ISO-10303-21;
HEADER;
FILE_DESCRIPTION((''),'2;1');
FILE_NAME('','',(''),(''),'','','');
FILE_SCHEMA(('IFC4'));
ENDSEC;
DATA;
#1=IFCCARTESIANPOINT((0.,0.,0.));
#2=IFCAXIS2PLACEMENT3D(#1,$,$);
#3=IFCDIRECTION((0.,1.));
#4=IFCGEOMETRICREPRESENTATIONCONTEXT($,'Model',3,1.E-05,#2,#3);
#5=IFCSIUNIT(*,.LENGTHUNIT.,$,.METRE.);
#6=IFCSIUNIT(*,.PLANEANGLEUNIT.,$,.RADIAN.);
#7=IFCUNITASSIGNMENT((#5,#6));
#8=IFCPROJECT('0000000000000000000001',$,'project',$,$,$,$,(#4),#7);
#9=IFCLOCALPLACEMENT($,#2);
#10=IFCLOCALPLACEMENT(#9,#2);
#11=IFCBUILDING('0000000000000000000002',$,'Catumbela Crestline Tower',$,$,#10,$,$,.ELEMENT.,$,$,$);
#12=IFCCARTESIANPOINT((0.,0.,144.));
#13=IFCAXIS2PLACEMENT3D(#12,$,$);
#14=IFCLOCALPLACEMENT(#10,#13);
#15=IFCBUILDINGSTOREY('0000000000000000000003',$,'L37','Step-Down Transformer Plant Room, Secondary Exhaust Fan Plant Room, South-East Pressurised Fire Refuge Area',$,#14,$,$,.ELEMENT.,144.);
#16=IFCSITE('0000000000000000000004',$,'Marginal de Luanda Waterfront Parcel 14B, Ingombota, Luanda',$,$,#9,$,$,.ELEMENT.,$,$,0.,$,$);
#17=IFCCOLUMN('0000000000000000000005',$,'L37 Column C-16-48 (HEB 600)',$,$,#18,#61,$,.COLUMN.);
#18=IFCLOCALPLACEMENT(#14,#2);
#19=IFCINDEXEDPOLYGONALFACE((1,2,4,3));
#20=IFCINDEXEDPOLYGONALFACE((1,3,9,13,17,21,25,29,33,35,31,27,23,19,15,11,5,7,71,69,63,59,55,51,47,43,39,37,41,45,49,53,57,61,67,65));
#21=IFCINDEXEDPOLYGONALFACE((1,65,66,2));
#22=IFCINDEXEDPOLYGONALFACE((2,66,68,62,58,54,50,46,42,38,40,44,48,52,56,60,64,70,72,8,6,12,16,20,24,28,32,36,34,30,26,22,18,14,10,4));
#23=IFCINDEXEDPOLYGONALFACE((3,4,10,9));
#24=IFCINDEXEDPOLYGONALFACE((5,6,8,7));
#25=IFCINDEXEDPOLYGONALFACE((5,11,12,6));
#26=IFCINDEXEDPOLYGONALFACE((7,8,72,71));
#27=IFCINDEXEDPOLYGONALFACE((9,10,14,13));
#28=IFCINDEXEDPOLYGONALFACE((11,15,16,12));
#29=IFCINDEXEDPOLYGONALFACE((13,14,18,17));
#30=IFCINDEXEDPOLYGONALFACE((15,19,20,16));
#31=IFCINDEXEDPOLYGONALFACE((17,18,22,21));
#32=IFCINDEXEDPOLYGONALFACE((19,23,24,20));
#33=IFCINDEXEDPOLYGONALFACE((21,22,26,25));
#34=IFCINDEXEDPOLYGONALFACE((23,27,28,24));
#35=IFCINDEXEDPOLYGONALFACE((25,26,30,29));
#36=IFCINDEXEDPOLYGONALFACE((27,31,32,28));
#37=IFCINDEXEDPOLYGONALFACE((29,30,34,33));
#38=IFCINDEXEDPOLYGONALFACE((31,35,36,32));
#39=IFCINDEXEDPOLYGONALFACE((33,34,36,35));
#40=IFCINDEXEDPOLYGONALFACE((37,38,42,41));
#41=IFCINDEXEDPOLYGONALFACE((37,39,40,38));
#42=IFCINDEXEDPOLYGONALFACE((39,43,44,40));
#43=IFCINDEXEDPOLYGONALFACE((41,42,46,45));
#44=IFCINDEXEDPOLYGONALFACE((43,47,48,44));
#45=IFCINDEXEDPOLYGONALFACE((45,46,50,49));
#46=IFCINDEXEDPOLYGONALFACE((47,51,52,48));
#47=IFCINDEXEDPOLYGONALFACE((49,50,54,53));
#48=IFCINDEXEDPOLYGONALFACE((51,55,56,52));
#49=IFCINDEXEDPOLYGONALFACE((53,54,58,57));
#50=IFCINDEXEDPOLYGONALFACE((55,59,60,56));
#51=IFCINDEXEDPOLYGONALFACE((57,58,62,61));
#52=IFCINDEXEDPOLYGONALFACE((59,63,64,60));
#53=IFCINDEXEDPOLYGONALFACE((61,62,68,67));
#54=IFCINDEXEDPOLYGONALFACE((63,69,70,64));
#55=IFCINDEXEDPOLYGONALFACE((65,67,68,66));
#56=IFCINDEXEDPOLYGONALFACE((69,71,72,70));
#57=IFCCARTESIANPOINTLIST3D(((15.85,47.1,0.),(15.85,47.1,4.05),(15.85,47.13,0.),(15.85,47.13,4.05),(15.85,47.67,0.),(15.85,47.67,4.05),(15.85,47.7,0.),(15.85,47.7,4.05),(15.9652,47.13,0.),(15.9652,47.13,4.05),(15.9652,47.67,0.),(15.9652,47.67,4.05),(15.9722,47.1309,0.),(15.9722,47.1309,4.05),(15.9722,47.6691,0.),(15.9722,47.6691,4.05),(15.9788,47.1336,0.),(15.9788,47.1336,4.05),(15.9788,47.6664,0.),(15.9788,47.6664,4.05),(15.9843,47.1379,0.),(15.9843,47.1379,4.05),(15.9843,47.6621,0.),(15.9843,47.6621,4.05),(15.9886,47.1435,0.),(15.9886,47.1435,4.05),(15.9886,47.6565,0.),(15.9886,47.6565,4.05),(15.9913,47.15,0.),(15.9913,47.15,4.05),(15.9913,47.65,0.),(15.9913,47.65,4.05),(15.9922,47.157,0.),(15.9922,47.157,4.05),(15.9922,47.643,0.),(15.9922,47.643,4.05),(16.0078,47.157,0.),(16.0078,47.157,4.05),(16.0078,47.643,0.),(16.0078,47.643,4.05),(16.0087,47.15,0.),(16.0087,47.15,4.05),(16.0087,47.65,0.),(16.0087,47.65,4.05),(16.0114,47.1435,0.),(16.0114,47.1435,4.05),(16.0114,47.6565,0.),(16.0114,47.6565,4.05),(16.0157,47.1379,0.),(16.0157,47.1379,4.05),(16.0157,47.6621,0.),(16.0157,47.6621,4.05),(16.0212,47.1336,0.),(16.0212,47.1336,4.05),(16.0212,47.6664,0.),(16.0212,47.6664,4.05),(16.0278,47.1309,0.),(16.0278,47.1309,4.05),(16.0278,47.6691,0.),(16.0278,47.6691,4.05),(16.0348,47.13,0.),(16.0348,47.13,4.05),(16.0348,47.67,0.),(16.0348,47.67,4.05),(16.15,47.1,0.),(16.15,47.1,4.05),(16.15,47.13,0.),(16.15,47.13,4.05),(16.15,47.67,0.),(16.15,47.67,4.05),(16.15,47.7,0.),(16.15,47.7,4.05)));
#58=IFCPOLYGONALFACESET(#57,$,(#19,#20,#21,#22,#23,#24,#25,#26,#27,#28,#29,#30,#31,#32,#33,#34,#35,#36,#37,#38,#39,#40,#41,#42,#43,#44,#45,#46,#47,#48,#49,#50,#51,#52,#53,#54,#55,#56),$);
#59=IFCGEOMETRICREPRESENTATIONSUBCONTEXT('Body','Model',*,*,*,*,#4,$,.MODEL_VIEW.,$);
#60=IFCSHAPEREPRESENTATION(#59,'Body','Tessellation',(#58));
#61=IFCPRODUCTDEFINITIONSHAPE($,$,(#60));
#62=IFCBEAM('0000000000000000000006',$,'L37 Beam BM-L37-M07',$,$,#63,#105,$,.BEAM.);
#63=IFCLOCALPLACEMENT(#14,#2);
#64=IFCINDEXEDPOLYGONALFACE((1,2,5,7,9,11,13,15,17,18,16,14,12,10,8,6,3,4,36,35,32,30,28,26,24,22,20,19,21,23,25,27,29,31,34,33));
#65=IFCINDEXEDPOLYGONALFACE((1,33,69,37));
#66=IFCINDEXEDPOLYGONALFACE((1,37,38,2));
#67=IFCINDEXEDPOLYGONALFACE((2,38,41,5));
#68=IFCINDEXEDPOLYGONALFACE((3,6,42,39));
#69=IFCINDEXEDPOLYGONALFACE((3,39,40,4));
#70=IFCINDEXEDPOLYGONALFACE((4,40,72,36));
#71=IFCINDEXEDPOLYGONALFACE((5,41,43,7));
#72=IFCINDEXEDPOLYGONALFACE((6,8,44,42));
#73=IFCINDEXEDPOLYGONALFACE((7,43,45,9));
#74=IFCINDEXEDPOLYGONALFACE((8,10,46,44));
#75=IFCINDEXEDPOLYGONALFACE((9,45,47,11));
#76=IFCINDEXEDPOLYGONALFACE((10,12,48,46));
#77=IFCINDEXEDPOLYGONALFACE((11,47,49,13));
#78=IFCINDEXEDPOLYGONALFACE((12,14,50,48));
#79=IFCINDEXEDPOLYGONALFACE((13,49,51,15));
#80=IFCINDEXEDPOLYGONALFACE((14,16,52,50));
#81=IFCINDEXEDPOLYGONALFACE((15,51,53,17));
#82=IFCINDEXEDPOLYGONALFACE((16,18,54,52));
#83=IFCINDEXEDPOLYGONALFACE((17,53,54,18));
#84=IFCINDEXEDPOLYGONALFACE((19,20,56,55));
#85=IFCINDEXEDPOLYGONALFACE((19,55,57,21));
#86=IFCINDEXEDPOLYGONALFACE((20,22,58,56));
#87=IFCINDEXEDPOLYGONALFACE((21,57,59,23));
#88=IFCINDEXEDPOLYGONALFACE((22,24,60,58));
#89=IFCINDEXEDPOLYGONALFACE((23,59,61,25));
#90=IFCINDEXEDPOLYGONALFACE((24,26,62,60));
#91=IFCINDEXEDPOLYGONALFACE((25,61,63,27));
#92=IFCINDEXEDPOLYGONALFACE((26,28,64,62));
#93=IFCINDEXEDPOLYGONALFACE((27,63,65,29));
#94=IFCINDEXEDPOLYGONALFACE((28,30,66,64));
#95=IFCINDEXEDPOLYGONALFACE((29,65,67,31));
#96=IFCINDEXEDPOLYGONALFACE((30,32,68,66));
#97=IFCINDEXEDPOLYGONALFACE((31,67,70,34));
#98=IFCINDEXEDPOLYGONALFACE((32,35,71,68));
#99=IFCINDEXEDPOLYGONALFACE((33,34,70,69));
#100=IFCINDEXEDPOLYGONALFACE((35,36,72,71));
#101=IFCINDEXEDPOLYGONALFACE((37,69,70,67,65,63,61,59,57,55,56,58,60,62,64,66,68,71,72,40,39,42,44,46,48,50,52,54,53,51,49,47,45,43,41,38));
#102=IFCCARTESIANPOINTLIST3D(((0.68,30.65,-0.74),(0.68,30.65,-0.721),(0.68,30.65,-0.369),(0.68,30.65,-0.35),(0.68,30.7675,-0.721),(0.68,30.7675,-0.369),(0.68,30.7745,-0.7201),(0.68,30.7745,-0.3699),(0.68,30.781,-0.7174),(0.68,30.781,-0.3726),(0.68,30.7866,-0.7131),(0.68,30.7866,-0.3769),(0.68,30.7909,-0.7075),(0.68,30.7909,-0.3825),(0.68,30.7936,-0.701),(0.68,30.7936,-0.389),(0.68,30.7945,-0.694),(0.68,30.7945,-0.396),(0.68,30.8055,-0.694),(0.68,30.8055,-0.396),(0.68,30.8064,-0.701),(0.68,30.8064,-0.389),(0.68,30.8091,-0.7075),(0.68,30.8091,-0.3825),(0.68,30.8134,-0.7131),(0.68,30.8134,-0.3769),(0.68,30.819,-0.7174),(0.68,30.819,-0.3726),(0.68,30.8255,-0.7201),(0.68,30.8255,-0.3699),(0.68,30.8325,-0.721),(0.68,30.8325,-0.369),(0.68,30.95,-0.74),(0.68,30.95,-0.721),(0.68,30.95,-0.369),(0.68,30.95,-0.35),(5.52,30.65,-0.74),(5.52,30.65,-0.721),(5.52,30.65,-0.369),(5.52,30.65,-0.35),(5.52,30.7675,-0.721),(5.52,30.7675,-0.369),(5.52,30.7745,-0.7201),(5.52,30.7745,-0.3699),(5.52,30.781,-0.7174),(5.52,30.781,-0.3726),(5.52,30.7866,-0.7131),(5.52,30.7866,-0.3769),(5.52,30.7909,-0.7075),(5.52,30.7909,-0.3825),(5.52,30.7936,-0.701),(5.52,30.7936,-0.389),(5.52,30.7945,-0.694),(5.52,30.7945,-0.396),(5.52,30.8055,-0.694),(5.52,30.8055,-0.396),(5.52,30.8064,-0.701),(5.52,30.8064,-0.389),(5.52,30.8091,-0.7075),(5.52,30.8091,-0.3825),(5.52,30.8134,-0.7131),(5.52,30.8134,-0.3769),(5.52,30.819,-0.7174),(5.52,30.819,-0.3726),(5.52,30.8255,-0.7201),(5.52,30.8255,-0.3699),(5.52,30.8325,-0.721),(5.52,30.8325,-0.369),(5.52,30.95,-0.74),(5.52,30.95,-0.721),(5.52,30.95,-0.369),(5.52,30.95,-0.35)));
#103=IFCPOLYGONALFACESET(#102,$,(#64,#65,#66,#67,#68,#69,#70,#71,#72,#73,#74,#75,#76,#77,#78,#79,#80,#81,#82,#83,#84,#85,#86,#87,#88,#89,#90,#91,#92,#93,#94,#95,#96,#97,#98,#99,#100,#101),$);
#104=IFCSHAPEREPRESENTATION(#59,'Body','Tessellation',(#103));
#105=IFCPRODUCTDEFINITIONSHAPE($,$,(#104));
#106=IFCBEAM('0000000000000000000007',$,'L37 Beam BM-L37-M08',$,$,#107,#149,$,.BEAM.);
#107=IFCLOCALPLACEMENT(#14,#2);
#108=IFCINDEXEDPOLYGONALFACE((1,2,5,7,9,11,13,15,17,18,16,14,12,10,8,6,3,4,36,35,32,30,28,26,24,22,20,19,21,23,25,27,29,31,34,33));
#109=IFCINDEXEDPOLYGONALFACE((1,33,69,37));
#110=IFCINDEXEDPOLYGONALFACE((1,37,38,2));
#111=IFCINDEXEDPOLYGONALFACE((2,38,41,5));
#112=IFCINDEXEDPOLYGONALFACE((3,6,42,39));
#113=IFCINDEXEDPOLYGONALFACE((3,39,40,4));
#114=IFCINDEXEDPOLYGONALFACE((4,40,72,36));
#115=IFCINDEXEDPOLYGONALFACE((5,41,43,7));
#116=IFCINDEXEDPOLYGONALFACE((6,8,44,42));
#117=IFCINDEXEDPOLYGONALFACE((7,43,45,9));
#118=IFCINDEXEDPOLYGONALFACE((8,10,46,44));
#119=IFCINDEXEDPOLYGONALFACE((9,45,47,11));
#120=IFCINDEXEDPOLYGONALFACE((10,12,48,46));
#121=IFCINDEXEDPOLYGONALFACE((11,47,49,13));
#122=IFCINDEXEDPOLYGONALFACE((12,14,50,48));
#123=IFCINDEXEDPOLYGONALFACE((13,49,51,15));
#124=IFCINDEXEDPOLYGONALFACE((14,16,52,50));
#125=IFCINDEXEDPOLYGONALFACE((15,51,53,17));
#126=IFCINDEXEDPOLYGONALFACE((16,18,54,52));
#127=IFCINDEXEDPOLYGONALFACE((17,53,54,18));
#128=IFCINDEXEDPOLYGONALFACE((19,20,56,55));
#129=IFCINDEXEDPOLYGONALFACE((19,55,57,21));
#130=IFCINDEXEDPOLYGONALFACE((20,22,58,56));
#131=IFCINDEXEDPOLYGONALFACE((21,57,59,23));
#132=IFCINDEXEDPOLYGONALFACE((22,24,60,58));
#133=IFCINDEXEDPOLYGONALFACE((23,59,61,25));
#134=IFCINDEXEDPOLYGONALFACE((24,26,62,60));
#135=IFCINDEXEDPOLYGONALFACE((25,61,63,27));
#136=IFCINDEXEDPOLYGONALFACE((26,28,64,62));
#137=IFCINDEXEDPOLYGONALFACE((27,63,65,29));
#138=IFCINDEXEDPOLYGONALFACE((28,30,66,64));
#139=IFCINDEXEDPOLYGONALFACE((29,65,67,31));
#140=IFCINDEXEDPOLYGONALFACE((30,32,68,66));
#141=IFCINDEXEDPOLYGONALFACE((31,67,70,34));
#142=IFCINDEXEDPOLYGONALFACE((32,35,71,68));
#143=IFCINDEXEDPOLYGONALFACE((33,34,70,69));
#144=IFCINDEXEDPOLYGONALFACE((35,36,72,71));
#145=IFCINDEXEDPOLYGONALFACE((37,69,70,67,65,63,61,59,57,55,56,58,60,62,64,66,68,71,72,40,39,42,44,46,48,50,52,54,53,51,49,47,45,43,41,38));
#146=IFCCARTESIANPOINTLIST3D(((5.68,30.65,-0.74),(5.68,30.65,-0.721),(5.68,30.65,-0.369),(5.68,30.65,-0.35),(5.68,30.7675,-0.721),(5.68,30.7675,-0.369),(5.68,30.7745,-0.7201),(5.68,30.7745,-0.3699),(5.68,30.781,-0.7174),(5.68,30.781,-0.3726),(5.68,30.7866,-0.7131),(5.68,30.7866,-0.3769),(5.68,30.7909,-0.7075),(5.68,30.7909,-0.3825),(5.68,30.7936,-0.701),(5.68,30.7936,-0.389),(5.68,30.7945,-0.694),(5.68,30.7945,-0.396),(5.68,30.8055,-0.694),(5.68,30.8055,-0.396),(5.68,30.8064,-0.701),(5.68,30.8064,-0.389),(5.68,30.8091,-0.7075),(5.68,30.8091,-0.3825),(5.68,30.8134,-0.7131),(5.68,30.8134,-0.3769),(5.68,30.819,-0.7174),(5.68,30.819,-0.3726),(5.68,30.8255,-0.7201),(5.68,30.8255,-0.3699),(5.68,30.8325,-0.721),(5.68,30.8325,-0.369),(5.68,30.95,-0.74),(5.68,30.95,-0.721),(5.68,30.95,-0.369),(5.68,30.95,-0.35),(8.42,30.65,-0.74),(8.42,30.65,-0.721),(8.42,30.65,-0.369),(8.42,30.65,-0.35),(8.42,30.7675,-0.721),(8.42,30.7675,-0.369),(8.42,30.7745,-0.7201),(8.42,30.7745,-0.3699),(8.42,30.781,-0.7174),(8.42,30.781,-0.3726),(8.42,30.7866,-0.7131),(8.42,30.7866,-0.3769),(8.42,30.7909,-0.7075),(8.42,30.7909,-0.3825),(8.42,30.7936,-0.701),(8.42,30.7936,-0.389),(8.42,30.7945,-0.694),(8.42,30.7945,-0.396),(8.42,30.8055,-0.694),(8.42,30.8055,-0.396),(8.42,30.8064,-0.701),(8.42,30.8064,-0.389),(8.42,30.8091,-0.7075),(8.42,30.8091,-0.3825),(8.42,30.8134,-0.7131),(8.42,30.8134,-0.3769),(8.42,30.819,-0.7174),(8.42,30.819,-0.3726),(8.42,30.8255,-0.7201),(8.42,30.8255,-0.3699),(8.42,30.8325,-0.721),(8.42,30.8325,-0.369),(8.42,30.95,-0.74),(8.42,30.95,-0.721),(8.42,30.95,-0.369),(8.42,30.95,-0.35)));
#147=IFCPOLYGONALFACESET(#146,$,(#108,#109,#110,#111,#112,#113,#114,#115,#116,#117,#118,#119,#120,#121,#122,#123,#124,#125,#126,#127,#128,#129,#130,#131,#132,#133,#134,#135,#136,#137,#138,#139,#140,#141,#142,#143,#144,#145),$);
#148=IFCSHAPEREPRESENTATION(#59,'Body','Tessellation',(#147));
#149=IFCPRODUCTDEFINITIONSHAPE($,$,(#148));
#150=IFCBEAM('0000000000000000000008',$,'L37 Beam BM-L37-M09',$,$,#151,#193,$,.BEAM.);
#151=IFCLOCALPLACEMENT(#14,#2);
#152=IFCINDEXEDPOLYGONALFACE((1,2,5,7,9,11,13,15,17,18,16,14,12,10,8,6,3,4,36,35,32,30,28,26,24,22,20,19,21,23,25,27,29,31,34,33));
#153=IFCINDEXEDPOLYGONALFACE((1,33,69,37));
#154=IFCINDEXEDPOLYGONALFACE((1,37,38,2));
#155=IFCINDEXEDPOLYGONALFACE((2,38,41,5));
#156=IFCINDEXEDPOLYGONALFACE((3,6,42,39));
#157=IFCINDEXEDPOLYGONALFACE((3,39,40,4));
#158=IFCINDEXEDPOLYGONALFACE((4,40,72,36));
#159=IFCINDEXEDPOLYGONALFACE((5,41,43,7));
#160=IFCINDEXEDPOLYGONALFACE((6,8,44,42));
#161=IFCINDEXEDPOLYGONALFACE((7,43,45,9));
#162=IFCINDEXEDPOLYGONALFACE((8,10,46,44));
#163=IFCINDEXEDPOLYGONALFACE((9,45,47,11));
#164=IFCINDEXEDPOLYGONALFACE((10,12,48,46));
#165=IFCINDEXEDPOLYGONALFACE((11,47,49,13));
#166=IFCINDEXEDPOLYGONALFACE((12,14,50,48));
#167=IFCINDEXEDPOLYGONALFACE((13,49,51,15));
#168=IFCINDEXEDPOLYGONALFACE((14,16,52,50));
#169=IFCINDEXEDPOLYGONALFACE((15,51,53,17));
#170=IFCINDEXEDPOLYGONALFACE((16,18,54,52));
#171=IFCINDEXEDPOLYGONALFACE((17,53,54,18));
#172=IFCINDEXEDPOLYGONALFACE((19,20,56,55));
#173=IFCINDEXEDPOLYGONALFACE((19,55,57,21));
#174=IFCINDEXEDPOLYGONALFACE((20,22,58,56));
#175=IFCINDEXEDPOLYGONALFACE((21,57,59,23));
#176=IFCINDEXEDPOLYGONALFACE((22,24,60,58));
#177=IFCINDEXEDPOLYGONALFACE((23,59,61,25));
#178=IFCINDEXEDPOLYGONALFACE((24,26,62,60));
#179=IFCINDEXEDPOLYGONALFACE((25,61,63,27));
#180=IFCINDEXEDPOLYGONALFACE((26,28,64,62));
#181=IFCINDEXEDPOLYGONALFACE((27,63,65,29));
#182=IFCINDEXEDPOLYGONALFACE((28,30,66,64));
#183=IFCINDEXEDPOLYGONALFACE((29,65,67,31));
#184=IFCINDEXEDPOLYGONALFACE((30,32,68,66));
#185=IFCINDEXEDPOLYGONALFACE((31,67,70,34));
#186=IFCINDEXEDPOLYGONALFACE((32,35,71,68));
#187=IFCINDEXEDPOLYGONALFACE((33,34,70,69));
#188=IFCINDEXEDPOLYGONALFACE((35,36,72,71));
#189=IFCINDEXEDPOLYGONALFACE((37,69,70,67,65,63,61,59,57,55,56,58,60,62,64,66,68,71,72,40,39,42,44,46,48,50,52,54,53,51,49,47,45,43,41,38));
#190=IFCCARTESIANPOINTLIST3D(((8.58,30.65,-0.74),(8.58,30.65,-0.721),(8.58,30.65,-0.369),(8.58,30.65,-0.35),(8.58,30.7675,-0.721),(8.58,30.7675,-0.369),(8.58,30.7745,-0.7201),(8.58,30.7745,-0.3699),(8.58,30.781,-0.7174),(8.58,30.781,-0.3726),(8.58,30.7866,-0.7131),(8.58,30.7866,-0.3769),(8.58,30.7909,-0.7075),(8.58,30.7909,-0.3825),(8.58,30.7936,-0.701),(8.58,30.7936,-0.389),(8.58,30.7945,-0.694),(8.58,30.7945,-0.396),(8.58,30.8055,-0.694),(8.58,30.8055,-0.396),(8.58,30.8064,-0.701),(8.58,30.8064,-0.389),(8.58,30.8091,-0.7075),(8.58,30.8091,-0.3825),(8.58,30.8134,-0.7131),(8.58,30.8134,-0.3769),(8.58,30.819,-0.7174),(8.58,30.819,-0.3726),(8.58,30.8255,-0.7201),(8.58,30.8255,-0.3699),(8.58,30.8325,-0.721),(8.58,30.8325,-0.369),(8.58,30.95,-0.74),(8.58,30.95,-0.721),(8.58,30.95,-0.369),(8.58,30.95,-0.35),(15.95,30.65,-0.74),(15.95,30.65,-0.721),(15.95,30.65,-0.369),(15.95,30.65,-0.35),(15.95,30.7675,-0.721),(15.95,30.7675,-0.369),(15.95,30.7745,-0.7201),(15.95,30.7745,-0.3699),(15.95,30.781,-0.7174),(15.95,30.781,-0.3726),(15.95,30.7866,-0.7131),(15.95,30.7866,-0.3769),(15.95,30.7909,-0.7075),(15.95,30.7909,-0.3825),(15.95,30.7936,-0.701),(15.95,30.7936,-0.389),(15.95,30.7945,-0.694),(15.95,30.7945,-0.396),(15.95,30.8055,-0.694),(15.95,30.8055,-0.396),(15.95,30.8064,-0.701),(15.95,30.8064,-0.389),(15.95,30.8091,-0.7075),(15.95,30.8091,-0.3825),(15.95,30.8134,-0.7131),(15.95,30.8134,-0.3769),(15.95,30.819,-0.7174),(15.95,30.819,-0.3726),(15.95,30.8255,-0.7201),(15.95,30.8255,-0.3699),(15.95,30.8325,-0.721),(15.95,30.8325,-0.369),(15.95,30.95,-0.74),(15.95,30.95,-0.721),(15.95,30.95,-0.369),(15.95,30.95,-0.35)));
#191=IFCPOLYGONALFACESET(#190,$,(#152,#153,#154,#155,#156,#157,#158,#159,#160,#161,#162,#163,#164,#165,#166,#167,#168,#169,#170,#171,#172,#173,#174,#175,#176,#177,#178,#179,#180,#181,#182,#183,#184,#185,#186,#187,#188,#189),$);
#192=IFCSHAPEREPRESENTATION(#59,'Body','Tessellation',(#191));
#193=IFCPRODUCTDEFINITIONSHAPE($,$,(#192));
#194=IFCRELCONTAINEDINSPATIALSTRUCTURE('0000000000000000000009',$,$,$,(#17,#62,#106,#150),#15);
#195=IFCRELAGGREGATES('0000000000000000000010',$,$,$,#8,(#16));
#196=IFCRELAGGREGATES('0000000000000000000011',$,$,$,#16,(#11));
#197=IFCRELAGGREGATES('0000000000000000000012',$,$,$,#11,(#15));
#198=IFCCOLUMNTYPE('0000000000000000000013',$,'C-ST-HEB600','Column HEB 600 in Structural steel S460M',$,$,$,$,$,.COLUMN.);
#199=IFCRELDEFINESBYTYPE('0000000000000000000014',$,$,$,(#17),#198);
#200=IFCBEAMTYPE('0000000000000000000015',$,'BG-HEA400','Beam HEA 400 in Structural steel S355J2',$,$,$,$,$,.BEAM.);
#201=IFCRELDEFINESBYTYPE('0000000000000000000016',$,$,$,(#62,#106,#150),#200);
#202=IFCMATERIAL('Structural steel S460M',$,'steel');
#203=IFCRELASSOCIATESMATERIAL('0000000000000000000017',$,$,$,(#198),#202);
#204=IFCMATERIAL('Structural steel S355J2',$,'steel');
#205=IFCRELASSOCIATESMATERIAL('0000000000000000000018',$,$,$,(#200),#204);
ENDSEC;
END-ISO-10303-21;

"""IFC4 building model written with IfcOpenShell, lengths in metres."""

from ifc_helpers import new_model, si_unit, direction, frame, origin, origin_2d, place, context, subcontext, project, spatial, i_section, extrude, material, material_profile, profile_set, type_object, element, save


model = new_model("IFC4")

# Units and contexts
model_context = context("Model", 3, precision=1e-05, world=origin(), true_north=direction((0.0, 1.0)))
body_context = subcontext(model_context, "Body", "Model", "MODEL_VIEW")
ifc_project = project(units=[si_unit("LENGTHUNIT", "METRE"), si_unit("PLANEANGLEUNIT", "RADIAN")], contexts=[model_context])

# Site, building, storey
site_placement = place(None, origin())
site = spatial("IfcSite", under=ifc_project, at=site_placement, Name="Marginal de Luanda Waterfront Parcel 14B, Ingombota, Luanda", CompositionType="ELEMENT", RefElevation=0.0)
building_placement = place(site_placement, origin())
building = spatial("IfcBuilding", under=site, at=building_placement, Name="Catumbela Crestline Tower", CompositionType="ELEMENT")
storey_placement = place(building_placement, frame((0.0, 0.0, 144.0)))
storey = spatial("IfcBuildingStorey", under=building, at=storey_placement, Name="L37", Description="Step-Down Transformer Plant Room, Secondary Exhaust Fan Plant Room, South-East Pressurised Fire Refuge Area", CompositionType="ELEMENT", Elevation=144.0)

# Column
ifc_material_1 = material(Name="Structural steel S460M", Category="steel")
ifc_material_profile_1 = material_profile(ifc_material_1, i_section(OverallWidth=0.3, OverallDepth=0.6, WebThickness=0.0155, FlangeThickness=0.03, FilletRadius=0.027, at=origin_2d()), Name="HEB 600")
ifc_profile_set_1 = profile_set([ifc_material_profile_1], Name="Structural steel S460M")
column_type = type_object("IfcColumnType", Name="C-ST-HEB600", Description="Column HEB 600 in Structural steel S460M", PredefinedType="COLUMN", material=ifc_profile_set_1)
for number, where, z_axis, x_axis, name in (
    (1, (16.0, 47.4, 0.0), (0.0, 0.0, 1.0), (1.0, 0.0, 0.0), "L37 Column C-16-48 (HEB 600)"),
):
    element("IfcColumn", number, at=place(storey_placement, frame(where, z_axis=z_axis, x_axis=x_axis)), inside=storey, type_object=column_type, Name=name, PredefinedType="COLUMN", context=body_context, shape_type="SweptSolid", body=[
        extrude(i_section(OverallWidth=0.3, OverallDepth=0.6, WebThickness=0.0155, FlangeThickness=0.03, FilletRadius=0.027, at=origin_2d()), origin(), (0.0, 0.0, 1.0), 4.05),
    ])

# Beams
ifc_material_2 = material(Name="Structural steel S355J2", Category="steel")
ifc_material_profile_2 = material_profile(ifc_material_2, i_section(OverallWidth=0.3, OverallDepth=0.39, WebThickness=0.011, FlangeThickness=0.019, FilletRadius=0.027, at=origin_2d()), Name="HEA 400")
ifc_profile_set_2 = profile_set([ifc_material_profile_2], Name="Structural steel S355J2")
beam_type_1 = type_object("IfcBeamType", Name="BG-HEA400", Description="Beam HEA 400 in Structural steel S355J2", PredefinedType="BEAM", material=ifc_profile_set_2)
beam_1_placement = place(storey_placement, frame((0.68, 30.8, -0.545), z_axis=(1.0, 0.0, 0.0), x_axis=(0.0, 1.0, 0.0)))
element("IfcBeam", 2, at=beam_1_placement, inside=storey, type_object=beam_type_1, Name="L37 Beam BM-L37-M07", PredefinedType="BEAM", context=body_context, shape_type="SweptSolid", body=[
    extrude(i_section(OverallWidth=0.3, OverallDepth=0.39, WebThickness=0.011, FlangeThickness=0.019, FilletRadius=0.027, at=origin_2d()), origin(), (0.0, 0.0, 1.0), 4.84),
])
beam_2_placement = place(storey_placement, frame((5.68, 30.8, -0.545), z_axis=(1.0, 0.0, 0.0), x_axis=(0.0, 1.0, 0.0)))
element("IfcBeam", 3, at=beam_2_placement, inside=storey, type_object=beam_type_1, Name="L37 Beam BM-L37-M08", PredefinedType="BEAM", context=body_context, shape_type="SweptSolid", body=[
    extrude(i_section(OverallWidth=0.3, OverallDepth=0.39, WebThickness=0.011, FlangeThickness=0.019, FilletRadius=0.027, at=origin_2d()), origin(), (0.0, 0.0, 1.0), 2.74),
])
beam_3_placement = place(storey_placement, frame((8.58, 30.8, -0.545), z_axis=(1.0, 0.0, 0.0), x_axis=(0.0, 1.0, 0.0)))
element("IfcBeam", 4, at=beam_3_placement, inside=storey, type_object=beam_type_1, Name="L37 Beam BM-L37-M09", PredefinedType="BEAM", context=body_context, shape_type="SweptSolid", body=[
    extrude(i_section(OverallWidth=0.3, OverallDepth=0.39, WebThickness=0.011, FlangeThickness=0.019, FilletRadius=0.027, at=origin_2d()), origin(), (0.0, 0.0, 1.0), 7.37),
])

save(model, "model.ifc")
